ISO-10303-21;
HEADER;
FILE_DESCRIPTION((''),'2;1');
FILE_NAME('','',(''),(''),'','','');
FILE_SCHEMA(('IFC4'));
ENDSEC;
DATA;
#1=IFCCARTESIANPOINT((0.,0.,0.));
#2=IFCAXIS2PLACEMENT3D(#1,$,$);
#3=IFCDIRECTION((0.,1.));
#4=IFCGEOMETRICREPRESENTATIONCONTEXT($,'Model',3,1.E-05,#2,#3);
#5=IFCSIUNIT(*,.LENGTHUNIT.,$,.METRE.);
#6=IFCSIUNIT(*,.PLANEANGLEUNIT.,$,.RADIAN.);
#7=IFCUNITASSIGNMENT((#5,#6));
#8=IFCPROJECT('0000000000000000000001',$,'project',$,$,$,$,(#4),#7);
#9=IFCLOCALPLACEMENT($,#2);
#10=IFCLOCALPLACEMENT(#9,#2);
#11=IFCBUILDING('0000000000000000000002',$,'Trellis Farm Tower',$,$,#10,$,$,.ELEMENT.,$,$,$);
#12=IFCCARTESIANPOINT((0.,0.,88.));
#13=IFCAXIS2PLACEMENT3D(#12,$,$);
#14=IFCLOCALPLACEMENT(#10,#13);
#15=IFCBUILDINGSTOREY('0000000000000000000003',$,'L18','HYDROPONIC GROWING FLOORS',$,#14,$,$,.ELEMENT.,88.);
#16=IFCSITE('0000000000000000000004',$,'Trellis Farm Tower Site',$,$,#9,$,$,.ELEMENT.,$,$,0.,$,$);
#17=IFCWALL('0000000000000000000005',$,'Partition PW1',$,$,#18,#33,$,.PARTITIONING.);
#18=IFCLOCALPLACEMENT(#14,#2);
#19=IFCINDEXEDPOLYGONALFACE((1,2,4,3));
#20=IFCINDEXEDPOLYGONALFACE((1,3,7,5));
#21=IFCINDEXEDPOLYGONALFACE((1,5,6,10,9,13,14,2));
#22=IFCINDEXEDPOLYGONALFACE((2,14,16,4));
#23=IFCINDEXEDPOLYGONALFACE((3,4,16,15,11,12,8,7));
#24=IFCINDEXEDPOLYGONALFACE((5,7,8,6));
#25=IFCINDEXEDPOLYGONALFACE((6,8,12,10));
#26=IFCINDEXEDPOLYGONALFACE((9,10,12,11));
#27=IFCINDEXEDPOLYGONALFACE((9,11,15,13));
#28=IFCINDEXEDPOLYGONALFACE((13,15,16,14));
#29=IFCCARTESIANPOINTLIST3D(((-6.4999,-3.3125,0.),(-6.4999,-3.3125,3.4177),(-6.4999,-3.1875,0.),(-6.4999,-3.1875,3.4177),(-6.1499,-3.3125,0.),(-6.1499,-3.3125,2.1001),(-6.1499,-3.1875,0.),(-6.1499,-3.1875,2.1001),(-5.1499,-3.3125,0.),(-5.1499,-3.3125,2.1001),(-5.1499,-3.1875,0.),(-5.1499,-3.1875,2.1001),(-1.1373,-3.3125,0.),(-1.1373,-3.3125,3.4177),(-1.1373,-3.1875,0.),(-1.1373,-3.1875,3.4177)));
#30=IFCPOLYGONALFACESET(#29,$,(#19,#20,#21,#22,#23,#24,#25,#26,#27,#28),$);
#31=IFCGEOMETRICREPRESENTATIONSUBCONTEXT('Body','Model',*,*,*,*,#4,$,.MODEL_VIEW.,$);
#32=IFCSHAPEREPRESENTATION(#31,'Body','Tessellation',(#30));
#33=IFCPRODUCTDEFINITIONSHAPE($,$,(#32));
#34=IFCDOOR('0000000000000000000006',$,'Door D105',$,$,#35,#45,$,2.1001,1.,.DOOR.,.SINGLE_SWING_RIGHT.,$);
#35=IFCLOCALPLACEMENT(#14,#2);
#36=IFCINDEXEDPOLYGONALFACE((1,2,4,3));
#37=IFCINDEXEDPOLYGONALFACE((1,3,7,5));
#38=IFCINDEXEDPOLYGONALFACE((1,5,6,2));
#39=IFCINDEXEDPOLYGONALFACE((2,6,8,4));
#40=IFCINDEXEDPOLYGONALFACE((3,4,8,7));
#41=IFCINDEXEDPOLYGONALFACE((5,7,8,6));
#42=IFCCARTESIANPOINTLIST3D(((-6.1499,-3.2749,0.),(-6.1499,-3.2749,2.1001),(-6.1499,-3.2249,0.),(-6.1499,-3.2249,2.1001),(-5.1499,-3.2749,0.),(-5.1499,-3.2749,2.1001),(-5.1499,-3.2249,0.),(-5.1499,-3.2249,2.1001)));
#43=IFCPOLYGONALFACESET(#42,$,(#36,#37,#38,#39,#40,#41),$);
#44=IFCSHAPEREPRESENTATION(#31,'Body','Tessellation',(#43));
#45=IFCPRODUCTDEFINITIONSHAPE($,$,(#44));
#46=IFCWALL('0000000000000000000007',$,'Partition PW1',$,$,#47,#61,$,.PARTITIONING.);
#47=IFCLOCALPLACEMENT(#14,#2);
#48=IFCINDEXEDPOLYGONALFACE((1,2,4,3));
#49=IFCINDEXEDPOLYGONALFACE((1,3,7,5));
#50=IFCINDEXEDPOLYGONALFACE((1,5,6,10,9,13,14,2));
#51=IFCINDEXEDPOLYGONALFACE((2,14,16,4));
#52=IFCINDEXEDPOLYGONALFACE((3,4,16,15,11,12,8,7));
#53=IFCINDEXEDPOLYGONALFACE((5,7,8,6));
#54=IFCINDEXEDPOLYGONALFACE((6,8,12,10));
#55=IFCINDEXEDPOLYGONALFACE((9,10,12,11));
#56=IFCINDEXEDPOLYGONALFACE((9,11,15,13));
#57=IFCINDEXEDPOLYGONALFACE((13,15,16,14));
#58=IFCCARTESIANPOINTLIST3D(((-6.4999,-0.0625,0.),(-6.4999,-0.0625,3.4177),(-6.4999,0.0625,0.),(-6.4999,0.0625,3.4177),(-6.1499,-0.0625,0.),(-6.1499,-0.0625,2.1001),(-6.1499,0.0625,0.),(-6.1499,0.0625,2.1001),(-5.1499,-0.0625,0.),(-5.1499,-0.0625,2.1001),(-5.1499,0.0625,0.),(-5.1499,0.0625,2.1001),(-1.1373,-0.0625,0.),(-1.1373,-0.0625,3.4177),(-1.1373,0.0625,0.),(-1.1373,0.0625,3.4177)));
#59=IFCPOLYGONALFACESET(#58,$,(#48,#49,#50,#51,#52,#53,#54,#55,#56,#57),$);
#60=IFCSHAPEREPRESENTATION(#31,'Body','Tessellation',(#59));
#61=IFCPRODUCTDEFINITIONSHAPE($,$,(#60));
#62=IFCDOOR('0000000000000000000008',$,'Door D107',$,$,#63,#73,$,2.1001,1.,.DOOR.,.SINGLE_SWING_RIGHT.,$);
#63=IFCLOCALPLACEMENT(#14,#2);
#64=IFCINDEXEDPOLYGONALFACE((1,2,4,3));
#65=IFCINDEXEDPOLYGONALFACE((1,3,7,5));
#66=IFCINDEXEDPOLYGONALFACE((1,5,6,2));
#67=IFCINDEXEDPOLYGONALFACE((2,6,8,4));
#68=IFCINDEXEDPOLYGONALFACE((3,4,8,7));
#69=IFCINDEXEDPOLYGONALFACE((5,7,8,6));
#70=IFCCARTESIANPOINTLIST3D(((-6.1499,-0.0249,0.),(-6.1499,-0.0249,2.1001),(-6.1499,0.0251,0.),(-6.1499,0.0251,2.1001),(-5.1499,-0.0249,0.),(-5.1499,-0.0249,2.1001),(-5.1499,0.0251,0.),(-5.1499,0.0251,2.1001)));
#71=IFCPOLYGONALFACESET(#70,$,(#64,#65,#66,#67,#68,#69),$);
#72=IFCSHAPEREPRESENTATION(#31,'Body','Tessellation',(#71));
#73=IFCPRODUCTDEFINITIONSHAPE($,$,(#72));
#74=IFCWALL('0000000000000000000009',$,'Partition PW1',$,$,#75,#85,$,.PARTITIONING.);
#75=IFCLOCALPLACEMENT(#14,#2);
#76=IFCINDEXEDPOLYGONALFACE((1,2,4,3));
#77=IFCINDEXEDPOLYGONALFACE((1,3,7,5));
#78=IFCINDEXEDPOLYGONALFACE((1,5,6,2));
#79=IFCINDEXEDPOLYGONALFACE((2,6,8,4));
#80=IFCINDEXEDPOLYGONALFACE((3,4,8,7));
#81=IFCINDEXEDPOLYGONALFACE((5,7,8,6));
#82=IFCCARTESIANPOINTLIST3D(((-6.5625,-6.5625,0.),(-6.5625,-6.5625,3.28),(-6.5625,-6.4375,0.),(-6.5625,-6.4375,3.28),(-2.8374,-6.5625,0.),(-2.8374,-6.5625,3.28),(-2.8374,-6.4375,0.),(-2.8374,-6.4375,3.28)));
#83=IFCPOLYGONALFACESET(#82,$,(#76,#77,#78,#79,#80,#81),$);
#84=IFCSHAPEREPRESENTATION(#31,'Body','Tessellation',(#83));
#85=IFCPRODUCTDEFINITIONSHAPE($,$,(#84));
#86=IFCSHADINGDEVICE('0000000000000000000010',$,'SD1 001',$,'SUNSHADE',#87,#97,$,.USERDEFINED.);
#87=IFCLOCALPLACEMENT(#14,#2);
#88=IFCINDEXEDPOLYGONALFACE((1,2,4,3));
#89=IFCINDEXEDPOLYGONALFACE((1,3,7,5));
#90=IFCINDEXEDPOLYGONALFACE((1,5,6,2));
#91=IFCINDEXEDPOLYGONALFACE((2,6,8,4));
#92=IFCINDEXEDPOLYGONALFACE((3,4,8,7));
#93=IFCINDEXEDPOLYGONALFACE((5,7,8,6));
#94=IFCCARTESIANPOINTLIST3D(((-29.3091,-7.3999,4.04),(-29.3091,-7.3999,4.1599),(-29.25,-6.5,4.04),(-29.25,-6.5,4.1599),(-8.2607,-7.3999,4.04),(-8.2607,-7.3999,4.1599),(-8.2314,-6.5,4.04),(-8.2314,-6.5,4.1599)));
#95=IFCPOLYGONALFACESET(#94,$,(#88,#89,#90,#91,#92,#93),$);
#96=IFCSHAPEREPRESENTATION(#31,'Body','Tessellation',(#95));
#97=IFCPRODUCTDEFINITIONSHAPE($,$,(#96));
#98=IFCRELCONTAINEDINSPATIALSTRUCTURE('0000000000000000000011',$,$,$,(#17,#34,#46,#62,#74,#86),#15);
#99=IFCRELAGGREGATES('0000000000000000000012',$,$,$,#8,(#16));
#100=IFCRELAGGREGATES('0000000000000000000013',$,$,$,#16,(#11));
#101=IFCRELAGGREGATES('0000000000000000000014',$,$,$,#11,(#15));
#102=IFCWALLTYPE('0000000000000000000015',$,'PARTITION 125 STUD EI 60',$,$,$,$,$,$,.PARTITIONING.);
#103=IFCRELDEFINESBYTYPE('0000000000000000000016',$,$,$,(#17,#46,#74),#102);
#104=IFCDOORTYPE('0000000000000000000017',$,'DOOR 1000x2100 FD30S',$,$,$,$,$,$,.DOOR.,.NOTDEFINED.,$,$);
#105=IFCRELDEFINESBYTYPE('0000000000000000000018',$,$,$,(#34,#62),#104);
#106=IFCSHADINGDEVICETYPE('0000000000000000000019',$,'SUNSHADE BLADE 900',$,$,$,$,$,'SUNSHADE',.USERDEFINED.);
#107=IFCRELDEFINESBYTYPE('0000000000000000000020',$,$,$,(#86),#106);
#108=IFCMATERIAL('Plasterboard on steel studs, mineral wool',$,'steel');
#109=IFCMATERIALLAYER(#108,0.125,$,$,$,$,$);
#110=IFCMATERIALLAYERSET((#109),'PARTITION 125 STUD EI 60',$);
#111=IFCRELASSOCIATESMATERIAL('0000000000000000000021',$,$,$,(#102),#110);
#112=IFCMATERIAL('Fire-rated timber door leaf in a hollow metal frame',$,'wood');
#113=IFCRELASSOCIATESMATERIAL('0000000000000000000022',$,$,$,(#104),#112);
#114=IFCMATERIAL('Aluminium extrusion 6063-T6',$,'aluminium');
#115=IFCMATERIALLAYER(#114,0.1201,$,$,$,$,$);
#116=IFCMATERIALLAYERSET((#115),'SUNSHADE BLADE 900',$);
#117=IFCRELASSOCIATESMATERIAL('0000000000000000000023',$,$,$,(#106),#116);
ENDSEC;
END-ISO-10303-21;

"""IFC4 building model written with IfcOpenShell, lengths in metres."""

from ifc_helpers import new_model, si_unit, direction, frame, frame_2d, origin, place, context, subcontext, project, spatial, polyline, rectangle, outline, extrude, source, transform, mapped, material, layer, layer_set, type_object, element, fill, save


model = new_model("IFC4")

# Units and contexts
model_context = context("Model", 3, precision=1e-05, world=origin(), true_north=direction((0.0, 1.0)))
body_context = subcontext(model_context, "Body", "Model", "MODEL_VIEW")
ifc_project = project(units=[si_unit("LENGTHUNIT", "METRE"), si_unit("PLANEANGLEUNIT", "RADIAN")], contexts=[model_context])

# Site, building, storey
site_placement = place(None, origin())
site = spatial("IfcSite", under=ifc_project, at=site_placement, Name="Trellis Farm Tower Site", CompositionType="ELEMENT", RefElevation=0.0)
building_placement = place(site_placement, origin())
building = spatial("IfcBuilding", under=site, at=building_placement, Name="Trellis Farm Tower", CompositionType="ELEMENT")
storey_placement = place(building_placement, frame((0.0, 0.0, 88.0)))
storey = spatial("IfcBuildingStorey", under=building, at=storey_placement, Name="L18", Description="HYDROPONIC GROWING FLOORS", CompositionType="ELEMENT", Elevation=88.0)

# Shared definitions
ifc_material_1 = material(Name="Aluminium extrusion 6063-T6", Category="aluminium")

# Shared definitions
ifc_material_2 = material(Name="Plasterboard on steel studs, mineral wool", Category="steel")
ifc_layer_1 = layer(ifc_material_2, 0.125)
ifc_layer_set_1 = layer_set([ifc_layer_1], Name="PARTITION 125 STUD EI 60")
wall_type = type_object("IfcWallType", Name="PARTITION 125 STUD EI 60", PredefinedType="PARTITIONING", material=ifc_layer_set_1)

# Walls, openings, doors
shared_shape_1 = source(origin(), body_context, "Body", "SweptSolid", [
    extrude(rectangle(XDim=5.3625, YDim=0.125, at=frame_2d((2.6812, 0.0))), origin(), (0.0, 0.0, 1.0), 3.4177),
])
wall_1_placement = place(storey_placement, frame((-1.1375, -3.25, 0.0), z_axis=(0.0, 0.0, 1.0), x_axis=(-1.0, 0.0, 0.0)))
wall_1 = element("IfcWall", 1, at=wall_1_placement, inside=storey, type_object=wall_type, Name="Partition PW1", PredefinedType="PARTITIONING", context=body_context, shape_type="MappedRepresentation", body=[
    mapped(shared_shape_1, transform((0.0, 0.0, 0.0))),
])
shared_shape_2 = source(origin(), body_context, "Body", "SweptSolid", [
    extrude(rectangle(XDim=1.0, YDim=2.1001, at=frame_2d((0.5, 1.05))), frame((0.0, 0.0725, 0.0), z_axis=(0.0, -1.0, 0.0), x_axis=(1.0, 0.0, 0.0)), (0.0, 0.0, 1.0), 0.145),
])
opening_1_placement = place(wall_1_placement, frame((4.0125, 0.0, 0.0)))
opening_1 = element("IfcOpeningElement", 2, at=opening_1_placement, cuts=wall_1, PredefinedType="OPENING", context=body_context, shape_type="MappedRepresentation", body=[
    mapped(shared_shape_2, transform((0.0, 0.0, 0.0))),
])
ifc_material_3 = material(Name="Fire-rated timber door leaf in a hollow metal frame", Category="wood")
door_type = type_object("IfcDoorType", Name="DOOR 1000x2100 FD30S", OperationType="NOTDEFINED", PredefinedType="DOOR", material=ifc_material_3)
shared_shape_3 = source(origin(), body_context, "Body", "SweptSolid", [
    extrude(rectangle(XDim=1.0, YDim=2.1001, at=frame_2d((0.5, 1.05))), frame((0.0, 0.0249, 0.0), z_axis=(0.0, -1.0, 0.0), x_axis=(1.0, 0.0, 0.0)), (0.0, 0.0, 1.0), 0.05),
])
door_1_placement = place(opening_1_placement, origin())
door_1 = element("IfcDoor", 3, at=door_1_placement, inside=storey, type_object=door_type, Name="Door D105", OperationType="SINGLE_SWING_RIGHT", OverallHeight=2.1001, OverallWidth=1.0, PredefinedType="DOOR", context=body_context, shape_type="MappedRepresentation", body=[
    mapped(shared_shape_3, transform((0.0, 0.0, 0.0))),
])
fill(opening_1, door_1)
wall_2_placement = place(storey_placement, frame((-1.1375, 0.0, 0.0), z_axis=(0.0, 0.0, 1.0), x_axis=(-1.0, 0.0, 0.0)))
wall_2 = element("IfcWall", 4, at=wall_2_placement, inside=storey, type_object=wall_type, Name="Partition PW1", PredefinedType="PARTITIONING", context=body_context, shape_type="MappedRepresentation", body=[
    mapped(shared_shape_1, transform((0.0, 0.0, 0.0))),
])
opening_2_placement = place(wall_2_placement, frame((4.0125, 0.0, 0.0)))
opening_2 = element("IfcOpeningElement", 5, at=opening_2_placement, cuts=wall_2, PredefinedType="OPENING", context=body_context, shape_type="MappedRepresentation", body=[
    mapped(shared_shape_2, transform((0.0, 0.0, 0.0))),
])
door_2_placement = place(opening_2_placement, origin())
door_2 = element("IfcDoor", 6, at=door_2_placement, inside=storey, type_object=door_type, Name="Door D107", OperationType="SINGLE_SWING_RIGHT", OverallHeight=2.1001, OverallWidth=1.0, PredefinedType="DOOR", context=body_context, shape_type="MappedRepresentation", body=[
    mapped(shared_shape_3, transform((0.0, 0.0, 0.0))),
])
fill(opening_2, door_2)

# Wall
shared_shape_4 = source(origin(), body_context, "Body", "SweptSolid", [
    extrude(rectangle(XDim=3.7251, YDim=0.125, at=frame_2d((1.8625, 0.0))), origin(), (0.0, 0.0, 1.0), 3.28),
])
wall_3_placement = place(storey_placement, frame((-2.8374, -6.5, 0.0), z_axis=(0.0, 0.0, 1.0), x_axis=(-1.0, 0.0, 0.0)))
element("IfcWall", 7, at=wall_3_placement, inside=storey, type_object=wall_type, Name="Partition PW1", PredefinedType="PARTITIONING", context=body_context, shape_type="MappedRepresentation", body=[
    mapped(shared_shape_4, transform((0.0, 0.0, 0.0))),
])

# Shading device
ifc_layer_2 = layer(ifc_material_1, 0.1201)
ifc_layer_set_2 = layer_set([ifc_layer_2], Name="SUNSHADE BLADE 900")
shading_device_type = type_object("IfcShadingDeviceType", Name="SUNSHADE BLADE 900", ElementType="SUNSHADE", PredefinedType="USERDEFINED", material=ifc_layer_set_2)
shared_shape_5 = source(origin(), body_context, "Body", "SweptSolid", [
    extrude(outline(polyline([(-29.3091, -7.3999), (-8.2607, -7.3999), (-8.2314, -6.5), (-29.25, -6.5), (-29.3091, -7.3999)])), origin(), (0.0, 0.0, 1.0), 0.1199),
])
shading_device_placement = place(storey_placement, frame((0.0, 0.0, 4.04)))
element("IfcShadingDevice", 8, at=shading_device_placement, inside=storey, type_object=shading_device_type, Name="SD1 001", ObjectType="SUNSHADE", PredefinedType="USERDEFINED", context=body_context, shape_type="MappedRepresentation", body=[
    mapped(shared_shape_5, transform((0.0, 0.0, 0.0))),
])

save(model, "model.ifc")
